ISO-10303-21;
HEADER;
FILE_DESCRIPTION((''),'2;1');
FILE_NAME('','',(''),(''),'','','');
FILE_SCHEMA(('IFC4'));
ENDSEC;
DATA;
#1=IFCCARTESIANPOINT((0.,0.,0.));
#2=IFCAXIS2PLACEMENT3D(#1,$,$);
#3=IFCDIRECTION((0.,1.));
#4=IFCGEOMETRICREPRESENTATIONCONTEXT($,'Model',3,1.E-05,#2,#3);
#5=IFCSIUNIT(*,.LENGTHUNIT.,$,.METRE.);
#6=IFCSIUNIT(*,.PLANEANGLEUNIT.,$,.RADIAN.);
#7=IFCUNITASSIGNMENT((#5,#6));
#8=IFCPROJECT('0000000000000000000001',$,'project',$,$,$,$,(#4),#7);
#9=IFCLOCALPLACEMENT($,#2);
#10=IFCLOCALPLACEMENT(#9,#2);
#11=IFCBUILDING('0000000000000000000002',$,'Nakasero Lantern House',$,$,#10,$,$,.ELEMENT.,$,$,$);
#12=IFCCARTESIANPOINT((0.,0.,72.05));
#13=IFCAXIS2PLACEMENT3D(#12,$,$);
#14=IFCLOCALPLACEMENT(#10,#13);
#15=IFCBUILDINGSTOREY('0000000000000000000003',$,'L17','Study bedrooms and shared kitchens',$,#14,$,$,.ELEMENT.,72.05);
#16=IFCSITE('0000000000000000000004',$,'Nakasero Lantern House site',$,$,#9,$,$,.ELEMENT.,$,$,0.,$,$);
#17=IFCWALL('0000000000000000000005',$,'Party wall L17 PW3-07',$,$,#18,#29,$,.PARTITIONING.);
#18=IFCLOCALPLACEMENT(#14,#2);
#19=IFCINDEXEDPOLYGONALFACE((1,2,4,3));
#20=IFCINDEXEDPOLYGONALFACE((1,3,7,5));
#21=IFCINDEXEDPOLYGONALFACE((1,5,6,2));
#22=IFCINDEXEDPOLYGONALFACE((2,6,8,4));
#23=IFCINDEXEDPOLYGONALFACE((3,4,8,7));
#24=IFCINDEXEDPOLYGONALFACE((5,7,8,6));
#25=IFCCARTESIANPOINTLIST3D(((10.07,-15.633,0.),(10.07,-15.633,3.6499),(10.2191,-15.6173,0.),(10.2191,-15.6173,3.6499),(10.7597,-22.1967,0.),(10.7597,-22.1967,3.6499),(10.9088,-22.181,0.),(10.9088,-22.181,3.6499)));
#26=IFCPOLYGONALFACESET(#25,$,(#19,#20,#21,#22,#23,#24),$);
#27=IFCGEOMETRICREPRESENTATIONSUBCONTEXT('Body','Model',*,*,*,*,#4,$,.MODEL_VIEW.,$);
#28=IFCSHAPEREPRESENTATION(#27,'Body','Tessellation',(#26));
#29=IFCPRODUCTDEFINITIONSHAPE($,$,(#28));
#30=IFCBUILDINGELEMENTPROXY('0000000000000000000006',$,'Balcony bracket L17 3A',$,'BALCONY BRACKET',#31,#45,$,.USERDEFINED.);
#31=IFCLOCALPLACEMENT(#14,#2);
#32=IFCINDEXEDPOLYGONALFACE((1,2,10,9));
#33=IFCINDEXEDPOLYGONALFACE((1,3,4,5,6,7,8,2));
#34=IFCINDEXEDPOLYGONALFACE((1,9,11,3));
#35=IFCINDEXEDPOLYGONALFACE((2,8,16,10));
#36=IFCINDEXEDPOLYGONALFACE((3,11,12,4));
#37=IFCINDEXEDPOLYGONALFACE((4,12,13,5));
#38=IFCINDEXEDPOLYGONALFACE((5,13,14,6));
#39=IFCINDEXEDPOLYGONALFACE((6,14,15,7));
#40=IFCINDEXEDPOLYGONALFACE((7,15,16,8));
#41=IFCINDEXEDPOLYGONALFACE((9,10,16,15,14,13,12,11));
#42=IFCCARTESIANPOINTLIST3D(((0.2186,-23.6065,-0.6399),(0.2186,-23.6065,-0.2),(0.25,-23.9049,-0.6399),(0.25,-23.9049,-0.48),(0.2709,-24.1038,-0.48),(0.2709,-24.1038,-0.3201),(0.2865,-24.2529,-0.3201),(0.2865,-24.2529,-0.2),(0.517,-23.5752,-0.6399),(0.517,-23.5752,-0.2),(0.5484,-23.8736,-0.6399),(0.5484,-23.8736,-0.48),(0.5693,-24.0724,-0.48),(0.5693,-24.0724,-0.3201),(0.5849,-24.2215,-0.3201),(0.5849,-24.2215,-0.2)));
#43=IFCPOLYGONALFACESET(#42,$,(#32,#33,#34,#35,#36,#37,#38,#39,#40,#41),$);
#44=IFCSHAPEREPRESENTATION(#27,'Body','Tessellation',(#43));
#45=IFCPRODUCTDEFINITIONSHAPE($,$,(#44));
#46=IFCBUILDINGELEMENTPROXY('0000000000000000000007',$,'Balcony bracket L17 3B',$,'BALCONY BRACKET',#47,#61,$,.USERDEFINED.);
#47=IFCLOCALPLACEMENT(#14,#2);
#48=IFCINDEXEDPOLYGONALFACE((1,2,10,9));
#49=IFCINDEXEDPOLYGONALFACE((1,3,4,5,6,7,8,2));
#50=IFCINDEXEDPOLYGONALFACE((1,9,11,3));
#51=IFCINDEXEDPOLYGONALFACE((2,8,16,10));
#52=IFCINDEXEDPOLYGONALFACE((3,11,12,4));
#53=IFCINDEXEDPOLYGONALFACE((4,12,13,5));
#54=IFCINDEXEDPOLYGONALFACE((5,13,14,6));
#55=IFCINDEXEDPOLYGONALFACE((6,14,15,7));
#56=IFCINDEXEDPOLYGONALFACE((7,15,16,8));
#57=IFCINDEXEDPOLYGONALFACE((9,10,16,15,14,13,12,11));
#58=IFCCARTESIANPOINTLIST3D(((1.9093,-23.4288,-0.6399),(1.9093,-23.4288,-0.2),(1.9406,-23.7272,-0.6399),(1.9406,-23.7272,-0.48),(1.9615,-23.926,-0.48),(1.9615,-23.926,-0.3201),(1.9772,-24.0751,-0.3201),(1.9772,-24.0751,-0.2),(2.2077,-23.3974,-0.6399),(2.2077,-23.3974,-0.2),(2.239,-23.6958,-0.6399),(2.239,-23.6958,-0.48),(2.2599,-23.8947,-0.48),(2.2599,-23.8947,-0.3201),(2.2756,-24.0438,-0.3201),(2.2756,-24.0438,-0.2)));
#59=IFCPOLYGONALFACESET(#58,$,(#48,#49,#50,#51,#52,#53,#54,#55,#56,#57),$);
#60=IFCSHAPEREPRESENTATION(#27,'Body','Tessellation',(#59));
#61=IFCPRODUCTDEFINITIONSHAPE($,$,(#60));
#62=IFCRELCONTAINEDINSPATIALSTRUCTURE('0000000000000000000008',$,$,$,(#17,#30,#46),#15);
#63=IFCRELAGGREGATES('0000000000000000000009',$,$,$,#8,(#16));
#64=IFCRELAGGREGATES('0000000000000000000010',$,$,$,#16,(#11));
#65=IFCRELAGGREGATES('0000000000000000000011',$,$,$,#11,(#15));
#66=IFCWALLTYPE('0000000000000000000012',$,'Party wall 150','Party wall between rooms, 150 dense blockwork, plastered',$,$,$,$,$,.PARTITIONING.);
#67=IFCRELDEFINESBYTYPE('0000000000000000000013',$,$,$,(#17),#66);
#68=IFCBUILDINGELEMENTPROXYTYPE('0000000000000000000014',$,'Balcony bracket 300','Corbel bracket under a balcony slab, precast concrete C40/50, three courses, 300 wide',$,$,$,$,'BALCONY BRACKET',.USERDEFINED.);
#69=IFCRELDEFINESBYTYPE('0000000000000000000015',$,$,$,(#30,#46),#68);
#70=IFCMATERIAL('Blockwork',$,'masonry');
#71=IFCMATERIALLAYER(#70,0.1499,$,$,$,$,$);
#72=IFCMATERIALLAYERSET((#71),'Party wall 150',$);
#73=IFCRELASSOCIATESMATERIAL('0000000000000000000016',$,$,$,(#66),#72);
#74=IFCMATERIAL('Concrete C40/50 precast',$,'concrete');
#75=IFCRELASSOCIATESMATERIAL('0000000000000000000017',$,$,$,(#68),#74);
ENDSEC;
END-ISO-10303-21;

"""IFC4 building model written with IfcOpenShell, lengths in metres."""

from ifc_helpers import new_model, si_unit, direction, frame, frame_2d, origin, place, context, subcontext, project, spatial, polyline, rectangle, outline, extrude, material, layer, layer_set, type_object, element, save


model = new_model("IFC4")

# Units and contexts
model_context = context("Model", 3, precision=1e-05, world=origin(), true_north=direction((0.0, 1.0)))
body_context = subcontext(model_context, "Body", "Model", "MODEL_VIEW")
ifc_project = project(units=[si_unit("LENGTHUNIT", "METRE"), si_unit("PLANEANGLEUNIT", "RADIAN")], contexts=[model_context])

# Site, building, storey
site_placement = place(None, origin())
site = spatial("IfcSite", under=ifc_project, at=site_placement, Name="Nakasero Lantern House site", CompositionType="ELEMENT", RefElevation=0.0)
building_placement = place(site_placement, origin())
building = spatial("IfcBuilding", under=site, at=building_placement, Name="Nakasero Lantern House", CompositionType="ELEMENT")
storey_placement = place(building_placement, frame((0.0, 0.0, 72.05)))
storey = spatial("IfcBuildingStorey", under=building, at=storey_placement, Name="L17", Description="Study bedrooms and shared kitchens", CompositionType="ELEMENT", Elevation=72.05)

# Wall
ifc_material_1 = material(Name="Blockwork", Category="masonry")
ifc_layer_1 = layer(ifc_material_1, 0.1499)
ifc_layer_set_1 = layer_set([ifc_layer_1], Name="Party wall 150")
wall_type_1 = type_object("IfcWallType", Name="Party wall 150", Description="Party wall between rooms, 150 dense blockwork, plastered", PredefinedType="PARTITIONING", material=ifc_layer_set_1)
wall_1_placement = place(storey_placement, frame((10.1445, -15.6252, 0.0), z_axis=(0.0, 0.0, 1.0), x_axis=(0.104502, -0.994525, 0.0)))
element("IfcWall", 1, at=wall_1_placement, inside=storey, type_object=wall_type_1, Name="Party wall L17 PW3-07", PredefinedType="PARTITIONING", context=body_context, shape_type="SweptSolid", body=[
    extrude(rectangle(XDim=6.5999, YDim=0.1499, at=frame_2d((3.2998, 0.0))), origin(), (0.0, 0.0, 1.0), 3.6499),
])

# Building element proxies
ifc_material_2 = material(Name="Concrete C40/50 precast", Category="concrete")
building_element_proxy_type = type_object("IfcBuildingElementProxyType", Name="Balcony bracket 300", Description="Corbel bracket under a balcony slab, precast concrete C40/50, three courses, 300 wide", ElementType="BALCONY BRACKET", PredefinedType="USERDEFINED", material=ifc_material_2)
for number, where, z_axis, x_axis, name in (
    (2, (0.3679, -23.5908, -0.2), (0.0, 0.0, 1.0), (0.104528, -0.994522, 0.0), "Balcony bracket L17 3A"),
    (3, (2.0586, -23.4131, -0.2), (0.0, 0.0, 1.0), (0.104528, -0.994522, 0.0), "Balcony bracket L17 3B"),
):
    element("IfcBuildingElementProxy", number, at=place(storey_placement, frame(where, z_axis=z_axis, x_axis=x_axis)), inside=storey, type_object=building_element_proxy_type, Name=name, ObjectType="BALCONY BRACKET", PredefinedType="USERDEFINED", context=body_context, shape_type="SweptSolid", body=[
        extrude(outline(polyline([(0.0, 0.0), (0.6499, 0.0), (0.6499, -0.1201), (0.5, -0.1201), (0.5, -0.28), (0.3, -0.28), (0.3, -0.4399), (0.0, -0.4399), (0.0, 0.0)])), frame((0.0, 0.1499, 0.0), z_axis=(0.0, -1.0, 0.0), x_axis=(1.0, 0.0, 0.0)), (0.0, 0.0, 1.0), 0.3),
    ])

save(model, "model.ifc")
